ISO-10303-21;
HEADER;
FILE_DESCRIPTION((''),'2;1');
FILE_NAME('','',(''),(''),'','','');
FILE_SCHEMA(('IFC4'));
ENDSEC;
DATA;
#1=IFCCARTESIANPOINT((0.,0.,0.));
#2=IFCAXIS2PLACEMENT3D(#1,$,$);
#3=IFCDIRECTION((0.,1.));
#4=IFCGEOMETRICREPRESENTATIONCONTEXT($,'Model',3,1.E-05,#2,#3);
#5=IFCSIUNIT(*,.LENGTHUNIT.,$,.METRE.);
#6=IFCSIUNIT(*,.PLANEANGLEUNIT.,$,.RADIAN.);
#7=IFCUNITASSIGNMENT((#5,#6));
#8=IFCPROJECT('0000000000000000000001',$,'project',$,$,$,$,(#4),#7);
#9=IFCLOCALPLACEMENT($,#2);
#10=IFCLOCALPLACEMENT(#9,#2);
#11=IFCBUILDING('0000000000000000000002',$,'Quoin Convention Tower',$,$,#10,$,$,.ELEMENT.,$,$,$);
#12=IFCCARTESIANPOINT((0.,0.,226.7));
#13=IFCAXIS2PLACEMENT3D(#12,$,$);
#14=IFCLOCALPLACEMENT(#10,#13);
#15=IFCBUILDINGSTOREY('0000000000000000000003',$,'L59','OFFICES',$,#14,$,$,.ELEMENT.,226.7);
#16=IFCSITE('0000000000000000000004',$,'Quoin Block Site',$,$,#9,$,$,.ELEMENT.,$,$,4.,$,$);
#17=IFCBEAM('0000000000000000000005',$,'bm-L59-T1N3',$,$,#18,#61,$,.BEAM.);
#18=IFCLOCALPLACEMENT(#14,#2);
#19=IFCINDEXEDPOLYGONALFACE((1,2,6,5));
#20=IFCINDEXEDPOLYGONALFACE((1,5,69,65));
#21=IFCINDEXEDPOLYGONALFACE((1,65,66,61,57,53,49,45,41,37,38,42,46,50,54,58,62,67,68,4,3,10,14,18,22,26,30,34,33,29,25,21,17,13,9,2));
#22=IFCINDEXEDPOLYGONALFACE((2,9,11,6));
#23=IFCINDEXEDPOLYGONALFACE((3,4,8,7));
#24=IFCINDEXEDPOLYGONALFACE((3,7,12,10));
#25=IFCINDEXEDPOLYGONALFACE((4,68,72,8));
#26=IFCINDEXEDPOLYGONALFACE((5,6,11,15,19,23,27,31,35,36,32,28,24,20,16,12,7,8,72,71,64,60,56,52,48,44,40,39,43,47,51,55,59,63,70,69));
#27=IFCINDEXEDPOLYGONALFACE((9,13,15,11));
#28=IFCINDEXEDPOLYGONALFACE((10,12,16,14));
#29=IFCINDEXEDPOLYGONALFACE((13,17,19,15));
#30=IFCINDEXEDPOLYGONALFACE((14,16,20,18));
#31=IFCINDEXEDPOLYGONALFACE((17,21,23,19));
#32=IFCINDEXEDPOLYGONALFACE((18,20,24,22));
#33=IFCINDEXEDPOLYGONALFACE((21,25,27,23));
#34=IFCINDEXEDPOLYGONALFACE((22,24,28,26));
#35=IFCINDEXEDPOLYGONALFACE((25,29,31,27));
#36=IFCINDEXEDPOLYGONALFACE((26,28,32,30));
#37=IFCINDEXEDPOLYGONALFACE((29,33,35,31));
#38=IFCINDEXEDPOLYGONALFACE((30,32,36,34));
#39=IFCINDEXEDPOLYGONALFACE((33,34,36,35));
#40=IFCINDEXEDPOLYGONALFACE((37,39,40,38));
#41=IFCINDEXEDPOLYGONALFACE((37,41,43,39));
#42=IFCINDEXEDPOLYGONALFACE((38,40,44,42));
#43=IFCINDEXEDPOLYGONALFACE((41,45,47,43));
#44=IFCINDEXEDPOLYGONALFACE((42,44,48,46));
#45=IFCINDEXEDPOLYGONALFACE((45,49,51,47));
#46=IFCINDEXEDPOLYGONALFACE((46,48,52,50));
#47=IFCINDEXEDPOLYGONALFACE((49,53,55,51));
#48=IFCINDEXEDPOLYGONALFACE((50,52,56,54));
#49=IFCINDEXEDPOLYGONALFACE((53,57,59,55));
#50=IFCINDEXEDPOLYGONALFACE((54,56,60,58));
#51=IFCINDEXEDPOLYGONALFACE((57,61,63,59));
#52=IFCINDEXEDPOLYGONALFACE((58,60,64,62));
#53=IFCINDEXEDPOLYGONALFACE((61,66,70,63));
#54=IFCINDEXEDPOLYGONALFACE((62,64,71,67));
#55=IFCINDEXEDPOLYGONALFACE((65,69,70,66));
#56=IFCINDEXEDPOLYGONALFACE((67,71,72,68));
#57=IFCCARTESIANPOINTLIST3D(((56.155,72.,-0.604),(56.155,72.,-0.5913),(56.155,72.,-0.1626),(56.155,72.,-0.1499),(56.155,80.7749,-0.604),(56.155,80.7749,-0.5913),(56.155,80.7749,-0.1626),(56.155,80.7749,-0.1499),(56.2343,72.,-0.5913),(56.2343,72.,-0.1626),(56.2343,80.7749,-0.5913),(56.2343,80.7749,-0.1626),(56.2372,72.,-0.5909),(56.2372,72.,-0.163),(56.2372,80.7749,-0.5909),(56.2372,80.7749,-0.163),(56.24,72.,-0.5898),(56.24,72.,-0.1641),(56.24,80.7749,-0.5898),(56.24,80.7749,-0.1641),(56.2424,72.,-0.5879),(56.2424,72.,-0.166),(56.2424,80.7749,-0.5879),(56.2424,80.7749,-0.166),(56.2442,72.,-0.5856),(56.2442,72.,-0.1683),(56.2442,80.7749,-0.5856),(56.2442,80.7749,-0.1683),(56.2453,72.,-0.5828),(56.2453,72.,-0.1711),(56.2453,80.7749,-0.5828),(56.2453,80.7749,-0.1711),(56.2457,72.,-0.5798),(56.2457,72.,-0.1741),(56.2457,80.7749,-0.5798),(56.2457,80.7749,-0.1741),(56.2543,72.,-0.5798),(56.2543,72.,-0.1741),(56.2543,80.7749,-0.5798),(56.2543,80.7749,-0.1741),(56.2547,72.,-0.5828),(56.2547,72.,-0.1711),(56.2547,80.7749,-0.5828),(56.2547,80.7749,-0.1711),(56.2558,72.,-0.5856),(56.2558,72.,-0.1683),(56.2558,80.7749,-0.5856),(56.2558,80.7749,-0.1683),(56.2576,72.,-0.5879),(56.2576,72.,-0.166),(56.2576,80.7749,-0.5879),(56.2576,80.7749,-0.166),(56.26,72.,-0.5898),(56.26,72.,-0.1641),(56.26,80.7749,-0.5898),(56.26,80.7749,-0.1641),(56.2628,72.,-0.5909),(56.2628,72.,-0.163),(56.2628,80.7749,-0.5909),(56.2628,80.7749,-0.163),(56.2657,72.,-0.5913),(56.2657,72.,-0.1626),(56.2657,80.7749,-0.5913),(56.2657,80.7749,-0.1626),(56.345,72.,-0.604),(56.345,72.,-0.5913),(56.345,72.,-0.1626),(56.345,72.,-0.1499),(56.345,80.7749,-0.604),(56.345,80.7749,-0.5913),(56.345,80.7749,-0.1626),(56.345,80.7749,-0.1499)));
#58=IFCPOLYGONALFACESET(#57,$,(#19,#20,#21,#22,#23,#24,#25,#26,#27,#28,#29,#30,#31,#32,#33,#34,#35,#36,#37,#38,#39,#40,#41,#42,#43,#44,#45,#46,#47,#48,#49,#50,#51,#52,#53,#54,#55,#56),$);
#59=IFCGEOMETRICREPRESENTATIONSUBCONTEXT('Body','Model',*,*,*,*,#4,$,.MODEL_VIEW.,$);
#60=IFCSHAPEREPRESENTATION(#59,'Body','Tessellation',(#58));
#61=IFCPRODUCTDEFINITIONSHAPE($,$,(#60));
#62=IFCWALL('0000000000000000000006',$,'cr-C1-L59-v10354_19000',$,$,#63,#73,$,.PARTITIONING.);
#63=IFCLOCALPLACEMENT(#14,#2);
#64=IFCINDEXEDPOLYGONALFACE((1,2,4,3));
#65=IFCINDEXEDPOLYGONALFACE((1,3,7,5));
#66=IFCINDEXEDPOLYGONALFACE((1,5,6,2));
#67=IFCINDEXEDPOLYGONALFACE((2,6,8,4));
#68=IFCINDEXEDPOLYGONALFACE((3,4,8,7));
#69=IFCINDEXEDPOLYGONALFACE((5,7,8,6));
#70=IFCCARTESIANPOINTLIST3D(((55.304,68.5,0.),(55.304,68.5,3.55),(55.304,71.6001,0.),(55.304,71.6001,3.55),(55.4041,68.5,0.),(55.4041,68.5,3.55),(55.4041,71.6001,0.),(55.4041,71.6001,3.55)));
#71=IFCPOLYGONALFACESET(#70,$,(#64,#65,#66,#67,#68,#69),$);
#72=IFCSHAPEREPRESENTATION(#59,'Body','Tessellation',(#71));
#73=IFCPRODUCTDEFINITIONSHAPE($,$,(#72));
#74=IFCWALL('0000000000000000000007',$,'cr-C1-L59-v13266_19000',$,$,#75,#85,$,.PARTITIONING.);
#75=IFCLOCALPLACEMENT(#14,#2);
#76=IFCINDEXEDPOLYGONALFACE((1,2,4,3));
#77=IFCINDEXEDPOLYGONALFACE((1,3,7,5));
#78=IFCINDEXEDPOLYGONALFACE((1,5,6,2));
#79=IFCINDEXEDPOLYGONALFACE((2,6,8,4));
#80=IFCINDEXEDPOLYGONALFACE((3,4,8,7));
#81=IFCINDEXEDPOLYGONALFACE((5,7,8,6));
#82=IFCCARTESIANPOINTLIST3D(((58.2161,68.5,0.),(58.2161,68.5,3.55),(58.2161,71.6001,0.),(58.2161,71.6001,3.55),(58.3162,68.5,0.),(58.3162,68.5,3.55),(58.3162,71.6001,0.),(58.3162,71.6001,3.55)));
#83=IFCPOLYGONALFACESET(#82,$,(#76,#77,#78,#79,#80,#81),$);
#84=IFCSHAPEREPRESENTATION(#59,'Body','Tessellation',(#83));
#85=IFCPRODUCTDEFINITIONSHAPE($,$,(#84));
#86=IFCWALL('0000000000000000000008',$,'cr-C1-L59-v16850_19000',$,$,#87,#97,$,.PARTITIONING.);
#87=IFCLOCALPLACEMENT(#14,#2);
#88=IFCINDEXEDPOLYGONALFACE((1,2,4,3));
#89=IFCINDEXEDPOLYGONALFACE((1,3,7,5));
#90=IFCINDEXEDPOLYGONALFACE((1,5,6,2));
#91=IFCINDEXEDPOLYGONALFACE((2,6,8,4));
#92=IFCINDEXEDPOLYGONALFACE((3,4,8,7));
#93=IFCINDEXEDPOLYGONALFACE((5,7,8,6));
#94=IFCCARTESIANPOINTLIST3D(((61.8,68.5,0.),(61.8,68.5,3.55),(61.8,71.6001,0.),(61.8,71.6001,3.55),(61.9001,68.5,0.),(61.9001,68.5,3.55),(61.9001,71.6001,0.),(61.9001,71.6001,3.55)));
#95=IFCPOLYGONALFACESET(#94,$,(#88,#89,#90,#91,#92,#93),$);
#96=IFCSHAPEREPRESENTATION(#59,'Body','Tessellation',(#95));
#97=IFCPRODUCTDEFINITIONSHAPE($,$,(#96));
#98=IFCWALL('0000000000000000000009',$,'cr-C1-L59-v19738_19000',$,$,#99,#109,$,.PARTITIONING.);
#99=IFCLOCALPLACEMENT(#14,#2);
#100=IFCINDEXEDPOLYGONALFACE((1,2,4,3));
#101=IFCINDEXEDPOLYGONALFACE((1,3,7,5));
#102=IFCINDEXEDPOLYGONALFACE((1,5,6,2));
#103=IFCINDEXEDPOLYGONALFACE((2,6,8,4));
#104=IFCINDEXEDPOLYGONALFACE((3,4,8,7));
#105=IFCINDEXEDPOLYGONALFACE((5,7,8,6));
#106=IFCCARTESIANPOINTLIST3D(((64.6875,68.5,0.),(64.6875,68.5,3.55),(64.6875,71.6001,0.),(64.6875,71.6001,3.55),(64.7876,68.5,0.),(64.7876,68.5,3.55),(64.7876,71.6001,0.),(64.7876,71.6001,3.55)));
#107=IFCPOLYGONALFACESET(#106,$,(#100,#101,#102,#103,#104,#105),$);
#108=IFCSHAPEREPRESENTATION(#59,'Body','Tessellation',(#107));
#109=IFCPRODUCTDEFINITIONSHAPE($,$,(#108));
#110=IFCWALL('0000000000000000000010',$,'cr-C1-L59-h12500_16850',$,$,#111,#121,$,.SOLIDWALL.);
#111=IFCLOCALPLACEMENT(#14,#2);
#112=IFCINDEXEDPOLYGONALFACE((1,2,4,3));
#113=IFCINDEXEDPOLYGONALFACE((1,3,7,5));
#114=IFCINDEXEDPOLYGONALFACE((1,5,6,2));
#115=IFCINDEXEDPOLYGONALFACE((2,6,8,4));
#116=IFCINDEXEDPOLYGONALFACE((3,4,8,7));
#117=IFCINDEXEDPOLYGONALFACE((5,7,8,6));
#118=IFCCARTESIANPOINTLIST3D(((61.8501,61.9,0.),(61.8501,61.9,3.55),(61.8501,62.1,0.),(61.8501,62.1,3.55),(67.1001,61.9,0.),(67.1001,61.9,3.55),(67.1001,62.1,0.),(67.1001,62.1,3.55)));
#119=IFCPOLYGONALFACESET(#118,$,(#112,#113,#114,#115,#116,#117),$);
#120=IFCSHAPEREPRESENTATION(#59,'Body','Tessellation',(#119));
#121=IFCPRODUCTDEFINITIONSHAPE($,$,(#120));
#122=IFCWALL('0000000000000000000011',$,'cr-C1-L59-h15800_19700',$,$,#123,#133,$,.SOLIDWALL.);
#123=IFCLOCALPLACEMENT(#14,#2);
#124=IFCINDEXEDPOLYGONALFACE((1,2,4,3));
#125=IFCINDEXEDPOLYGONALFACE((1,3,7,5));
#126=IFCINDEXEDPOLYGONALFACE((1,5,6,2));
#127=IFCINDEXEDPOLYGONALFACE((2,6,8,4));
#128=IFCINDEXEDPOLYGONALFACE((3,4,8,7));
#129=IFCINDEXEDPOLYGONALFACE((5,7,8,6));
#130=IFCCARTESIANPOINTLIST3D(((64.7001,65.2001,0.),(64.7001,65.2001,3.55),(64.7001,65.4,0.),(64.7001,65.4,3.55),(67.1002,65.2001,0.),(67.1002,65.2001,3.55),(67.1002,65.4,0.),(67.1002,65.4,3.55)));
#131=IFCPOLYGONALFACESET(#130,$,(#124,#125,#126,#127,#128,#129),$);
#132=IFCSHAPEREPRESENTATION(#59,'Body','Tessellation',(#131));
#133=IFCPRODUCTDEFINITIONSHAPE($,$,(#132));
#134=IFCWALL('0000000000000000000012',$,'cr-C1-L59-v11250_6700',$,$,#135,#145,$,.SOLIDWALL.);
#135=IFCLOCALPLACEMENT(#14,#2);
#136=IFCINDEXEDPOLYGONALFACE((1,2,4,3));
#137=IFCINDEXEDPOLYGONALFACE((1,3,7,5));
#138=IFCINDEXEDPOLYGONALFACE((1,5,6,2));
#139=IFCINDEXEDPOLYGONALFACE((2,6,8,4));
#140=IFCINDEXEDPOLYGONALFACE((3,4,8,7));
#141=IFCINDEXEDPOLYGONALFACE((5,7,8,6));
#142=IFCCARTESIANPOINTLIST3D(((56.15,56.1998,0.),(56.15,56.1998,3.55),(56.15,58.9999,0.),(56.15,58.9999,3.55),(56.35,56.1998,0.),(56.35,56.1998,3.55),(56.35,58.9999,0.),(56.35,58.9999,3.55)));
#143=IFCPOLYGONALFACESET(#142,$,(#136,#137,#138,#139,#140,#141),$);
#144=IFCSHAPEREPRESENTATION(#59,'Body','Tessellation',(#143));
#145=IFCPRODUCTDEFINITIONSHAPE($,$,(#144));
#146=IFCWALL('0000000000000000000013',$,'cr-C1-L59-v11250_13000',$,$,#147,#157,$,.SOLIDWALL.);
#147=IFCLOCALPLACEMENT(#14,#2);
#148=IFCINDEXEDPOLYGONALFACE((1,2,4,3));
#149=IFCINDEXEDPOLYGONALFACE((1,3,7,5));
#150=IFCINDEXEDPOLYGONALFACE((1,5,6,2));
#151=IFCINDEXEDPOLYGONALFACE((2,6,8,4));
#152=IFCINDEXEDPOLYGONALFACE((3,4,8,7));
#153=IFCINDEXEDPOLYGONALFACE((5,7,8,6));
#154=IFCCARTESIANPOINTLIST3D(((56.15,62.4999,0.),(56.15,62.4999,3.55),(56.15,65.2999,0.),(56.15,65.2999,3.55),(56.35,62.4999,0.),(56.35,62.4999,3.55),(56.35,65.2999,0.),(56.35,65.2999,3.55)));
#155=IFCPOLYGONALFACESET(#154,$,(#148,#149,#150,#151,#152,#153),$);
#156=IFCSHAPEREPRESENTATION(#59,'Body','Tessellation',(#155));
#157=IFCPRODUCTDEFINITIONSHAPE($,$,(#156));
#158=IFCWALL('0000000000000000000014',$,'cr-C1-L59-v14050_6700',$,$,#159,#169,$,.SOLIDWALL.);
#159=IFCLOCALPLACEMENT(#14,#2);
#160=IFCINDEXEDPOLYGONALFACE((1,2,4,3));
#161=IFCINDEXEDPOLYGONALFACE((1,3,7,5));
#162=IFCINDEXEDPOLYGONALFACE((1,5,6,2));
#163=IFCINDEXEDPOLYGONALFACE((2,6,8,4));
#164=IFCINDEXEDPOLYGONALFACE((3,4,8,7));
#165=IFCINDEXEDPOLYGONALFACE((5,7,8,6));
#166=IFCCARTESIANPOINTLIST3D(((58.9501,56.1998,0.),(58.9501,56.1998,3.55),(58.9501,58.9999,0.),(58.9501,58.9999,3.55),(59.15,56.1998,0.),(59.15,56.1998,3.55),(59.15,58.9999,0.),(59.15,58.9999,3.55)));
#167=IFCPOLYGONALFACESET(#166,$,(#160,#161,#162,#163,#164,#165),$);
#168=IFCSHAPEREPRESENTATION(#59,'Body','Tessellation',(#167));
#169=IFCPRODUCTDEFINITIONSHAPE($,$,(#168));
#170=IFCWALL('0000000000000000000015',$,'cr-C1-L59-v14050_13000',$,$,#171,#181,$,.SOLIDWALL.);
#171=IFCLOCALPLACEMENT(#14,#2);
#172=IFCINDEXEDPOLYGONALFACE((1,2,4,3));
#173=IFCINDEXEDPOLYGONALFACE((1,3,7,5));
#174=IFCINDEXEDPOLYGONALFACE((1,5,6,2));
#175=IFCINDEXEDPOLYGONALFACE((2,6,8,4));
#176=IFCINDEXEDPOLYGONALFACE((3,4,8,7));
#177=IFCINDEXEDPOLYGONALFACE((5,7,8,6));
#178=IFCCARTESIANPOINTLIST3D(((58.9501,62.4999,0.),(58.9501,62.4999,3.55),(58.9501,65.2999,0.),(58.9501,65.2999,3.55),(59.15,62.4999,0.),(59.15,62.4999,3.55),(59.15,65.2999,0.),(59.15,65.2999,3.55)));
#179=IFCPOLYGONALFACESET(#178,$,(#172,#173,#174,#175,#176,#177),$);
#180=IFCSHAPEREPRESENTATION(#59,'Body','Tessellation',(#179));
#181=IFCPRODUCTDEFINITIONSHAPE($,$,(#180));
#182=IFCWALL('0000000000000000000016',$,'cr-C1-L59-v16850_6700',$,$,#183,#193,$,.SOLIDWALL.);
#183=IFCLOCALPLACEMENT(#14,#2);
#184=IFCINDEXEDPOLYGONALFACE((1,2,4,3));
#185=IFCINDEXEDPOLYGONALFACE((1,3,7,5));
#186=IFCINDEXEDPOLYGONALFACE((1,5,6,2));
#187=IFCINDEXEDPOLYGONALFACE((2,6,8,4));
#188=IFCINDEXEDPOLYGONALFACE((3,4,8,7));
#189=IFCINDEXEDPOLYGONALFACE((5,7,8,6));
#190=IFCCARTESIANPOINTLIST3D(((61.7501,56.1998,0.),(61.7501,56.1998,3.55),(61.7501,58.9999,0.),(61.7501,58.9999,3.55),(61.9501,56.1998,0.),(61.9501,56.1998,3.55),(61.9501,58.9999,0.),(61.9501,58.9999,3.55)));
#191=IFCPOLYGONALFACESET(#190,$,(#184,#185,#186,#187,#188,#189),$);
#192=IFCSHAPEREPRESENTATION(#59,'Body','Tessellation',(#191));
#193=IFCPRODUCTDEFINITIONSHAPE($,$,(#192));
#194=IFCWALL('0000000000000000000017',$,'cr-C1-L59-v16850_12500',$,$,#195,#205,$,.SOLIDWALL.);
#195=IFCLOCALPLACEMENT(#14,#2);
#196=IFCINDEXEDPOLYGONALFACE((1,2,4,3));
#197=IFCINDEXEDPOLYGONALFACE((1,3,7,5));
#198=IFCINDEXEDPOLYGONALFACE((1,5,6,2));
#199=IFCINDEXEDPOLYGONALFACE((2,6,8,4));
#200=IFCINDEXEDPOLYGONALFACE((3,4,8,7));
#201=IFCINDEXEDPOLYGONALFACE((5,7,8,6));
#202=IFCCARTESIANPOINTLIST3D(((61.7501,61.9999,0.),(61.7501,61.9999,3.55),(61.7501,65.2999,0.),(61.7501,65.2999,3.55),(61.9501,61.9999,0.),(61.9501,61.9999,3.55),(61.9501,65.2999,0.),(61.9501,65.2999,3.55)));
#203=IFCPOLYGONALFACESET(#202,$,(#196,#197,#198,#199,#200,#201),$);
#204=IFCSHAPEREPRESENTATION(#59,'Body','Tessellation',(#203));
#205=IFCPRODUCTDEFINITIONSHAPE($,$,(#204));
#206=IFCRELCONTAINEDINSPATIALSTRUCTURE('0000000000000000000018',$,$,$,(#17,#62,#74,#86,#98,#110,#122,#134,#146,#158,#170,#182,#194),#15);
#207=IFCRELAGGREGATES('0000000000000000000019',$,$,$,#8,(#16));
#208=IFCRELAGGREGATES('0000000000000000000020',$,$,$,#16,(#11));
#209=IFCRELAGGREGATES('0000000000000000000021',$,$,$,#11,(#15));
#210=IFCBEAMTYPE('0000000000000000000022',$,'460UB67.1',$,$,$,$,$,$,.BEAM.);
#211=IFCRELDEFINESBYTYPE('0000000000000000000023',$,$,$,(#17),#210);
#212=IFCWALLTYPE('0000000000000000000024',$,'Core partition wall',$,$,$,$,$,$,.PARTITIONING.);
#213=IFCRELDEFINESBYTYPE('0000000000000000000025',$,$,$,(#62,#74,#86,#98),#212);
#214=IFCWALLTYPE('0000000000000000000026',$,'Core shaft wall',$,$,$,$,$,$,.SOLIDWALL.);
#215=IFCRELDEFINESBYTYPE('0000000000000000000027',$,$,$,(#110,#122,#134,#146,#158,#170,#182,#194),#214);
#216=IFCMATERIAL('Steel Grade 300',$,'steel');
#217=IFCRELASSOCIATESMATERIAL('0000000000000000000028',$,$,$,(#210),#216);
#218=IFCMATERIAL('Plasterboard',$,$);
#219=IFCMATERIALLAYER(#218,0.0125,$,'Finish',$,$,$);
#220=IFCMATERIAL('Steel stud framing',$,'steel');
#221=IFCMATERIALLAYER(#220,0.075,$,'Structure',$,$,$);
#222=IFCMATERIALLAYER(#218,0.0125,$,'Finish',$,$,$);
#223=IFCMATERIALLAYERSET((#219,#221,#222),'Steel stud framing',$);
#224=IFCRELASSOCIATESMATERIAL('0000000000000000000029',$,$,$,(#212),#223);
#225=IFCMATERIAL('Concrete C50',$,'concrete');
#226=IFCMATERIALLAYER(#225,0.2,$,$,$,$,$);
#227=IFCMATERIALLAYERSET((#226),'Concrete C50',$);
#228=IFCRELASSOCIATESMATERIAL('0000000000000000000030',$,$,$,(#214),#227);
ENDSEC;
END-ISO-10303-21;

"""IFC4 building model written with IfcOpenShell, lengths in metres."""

from ifc_helpers import new_model, si_unit, direction, frame, frame_2d, origin, origin_2d, place, context, subcontext, project, spatial, rectangle, i_section, extrude, material, layer, layer_set, material_profile, profile_set, type_object, element, save


model = new_model("IFC4")

# Units and contexts
model_context = context("Model", 3, precision=1e-05, world=origin(), true_north=direction((0.0, 1.0)))
body_context = subcontext(model_context, "Body", "Model", "MODEL_VIEW")
ifc_project = project(units=[si_unit("LENGTHUNIT", "METRE"), si_unit("PLANEANGLEUNIT", "RADIAN")], contexts=[model_context])

# Site, building, storey
site_placement = place(None, origin())
site = spatial("IfcSite", under=ifc_project, at=site_placement, Name="Quoin Block Site", CompositionType="ELEMENT", RefElevation=4.0)
building_placement = place(site_placement, origin())
building = spatial("IfcBuilding", under=site, at=building_placement, Name="Quoin Convention Tower", CompositionType="ELEMENT")
storey_placement = place(building_placement, frame((0.0, 0.0, 226.7)))
storey = spatial("IfcBuildingStorey", under=building, at=storey_placement, Name="L59", Description="OFFICES", CompositionType="ELEMENT", Elevation=226.7)

# Beam
ifc_material_1 = material(Name="Steel Grade 300", Category="steel")
ifc_material_profile = material_profile(ifc_material_1, i_section(OverallWidth=0.1899, OverallDepth=0.4541, WebThickness=0.0085, FlangeThickness=0.0127, FilletRadius=0.0115, at=origin_2d()), Name="460UB67.1")
ifc_profile_set = profile_set([ifc_material_profile], Name="Steel Grade 300")
beam_type = type_object("IfcBeamType", Name="460UB67.1", PredefinedType="BEAM", material=ifc_profile_set)
beam_placement = place(storey_placement, frame((56.25, 72.0, -0.377), z_axis=(0.0, 1.0, 0.0), x_axis=(-1.0, 0.0, 0.0)))
element("IfcBeam", 1, at=beam_placement, inside=storey, type_object=beam_type, Name="bm-L59-T1N3", PredefinedType="BEAM", context=body_context, shape_type="SweptSolid", body=[
    extrude(i_section(OverallWidth=0.1899, OverallDepth=0.4541, WebThickness=0.0085, FlangeThickness=0.0127, FilletRadius=0.0115, at=origin_2d()), origin(), (0.0, 0.0, 1.0), 8.7749),
])

# Walls
ifc_material_2 = material(Name="Plasterboard")
ifc_layer_1 = layer(ifc_material_2, 0.0125, Name="Finish")
ifc_material_3 = material(Name="Steel stud framing", Category="steel")
ifc_layer_2 = layer(ifc_material_3, 0.075, Name="Structure")
ifc_layer_3 = layer(ifc_material_2, 0.0125, Name="Finish")
ifc_layer_set_1 = layer_set([ifc_layer_1, ifc_layer_2, ifc_layer_3], Name="Steel stud framing")
wall_type_1 = type_object("IfcWallType", Name="Core partition wall", PredefinedType="PARTITIONING", material=ifc_layer_set_1)
for number, where, z_axis, x_axis, name in (
    (2, (55.354, 68.5, 0.0), (0.0, 0.0, 1.0), (0.0, 1.0, 0.0), "cr-C1-L59-v10354_19000"),
    (3, (58.2661, 68.5, 0.0), (0.0, 0.0, 1.0), (0.0, 1.0, 0.0), "cr-C1-L59-v13266_19000"),
    (4, (61.8501, 68.5, 0.0), (0.0, 0.0, 1.0), (0.0, 1.0, 0.0), "cr-C1-L59-v16850_19000"),
    (5, (64.7375, 68.5, 0.0), (0.0, 0.0, 1.0), (0.0, 1.0, 0.0), "cr-C1-L59-v19738_19000"),
):
    element("IfcWall", number, at=place(storey_placement, frame(where, z_axis=z_axis, x_axis=x_axis)), inside=storey, type_object=wall_type_1, Name=name, PredefinedType="PARTITIONING", context=body_context, shape_type="SweptSolid", body=[
        extrude(rectangle(XDim=3.1001, YDim=0.1001, at=frame_2d((1.55, 0.0))), origin(), (0.0, 0.0, 1.0), 3.55),
    ])
ifc_material_4 = material(Name="Concrete C50", Category="concrete")
ifc_layer_4 = layer(ifc_material_4, 0.2)
ifc_layer_set_2 = layer_set([ifc_layer_4], Name="Concrete C50")
wall_type_2 = type_object("IfcWallType", Name="Core shaft wall", PredefinedType="SOLIDWALL", material=ifc_layer_set_2)
wall_1_placement = place(storey_placement, frame((61.8501, 62.0, 0.0), z_axis=(0.0, 0.0, 1.0), x_axis=(1.0, 0.0, 0.0)))
element("IfcWall", 6, at=wall_1_placement, inside=storey, type_object=wall_type_2, Name="cr-C1-L59-h12500_16850", PredefinedType="SOLIDWALL", context=body_context, shape_type="SweptSolid", body=[
    extrude(rectangle(XDim=5.25, YDim=0.2, at=frame_2d((2.625, 0.0))), origin(), (0.0, 0.0, 1.0), 3.55),
])
wall_2_placement = place(storey_placement, frame((64.7, 65.3, 0.0), z_axis=(0.0, 0.0, 1.0), x_axis=(1.0, 0.0, 0.0)))
element("IfcWall", 7, at=wall_2_placement, inside=storey, type_object=wall_type_2, Name="cr-C1-L59-h15800_19700", PredefinedType="SOLIDWALL", context=body_context, shape_type="SweptSolid", body=[
    extrude(rectangle(XDim=2.4001, YDim=0.2, at=frame_2d((1.2002, 0.0))), origin(), (0.0, 0.0, 1.0), 3.55),
])
for number, where, z_axis, x_axis, name in (
    (8, (56.25, 56.2, 0.0), (0.0, 0.0, 1.0), (0.0, 1.0, 0.0), "cr-C1-L59-v11250_6700"),
    (9, (56.25, 62.5, 0.0), (0.0, 0.0, 1.0), (0.0, 1.0, 0.0), "cr-C1-L59-v11250_13000"),
    (10, (59.05, 56.2, 0.0), (0.0, 0.0, 1.0), (0.0, 1.0, 0.0), "cr-C1-L59-v14050_6700"),
    (11, (59.05, 62.5, 0.0), (0.0, 0.0, 1.0), (0.0, 1.0, 0.0), "cr-C1-L59-v14050_13000"),
    (12, (61.8501, 56.2, 0.0), (0.0, 0.0, 1.0), (0.0, 1.0, 0.0), "cr-C1-L59-v16850_6700"),
):
    element("IfcWall", number, at=place(storey_placement, frame(where, z_axis=z_axis, x_axis=x_axis)), inside=storey, type_object=wall_type_2, Name=name, PredefinedType="SOLIDWALL", context=body_context, shape_type="SweptSolid", body=[
        extrude(rectangle(XDim=2.8, YDim=0.2, at=frame_2d((1.3999, 0.0))), origin(), (0.0, 0.0, 1.0), 3.55),
    ])
wall_3_placement = place(storey_placement, frame((61.8501, 62.0, 0.0), z_axis=(0.0, 0.0, 1.0), x_axis=(0.0, 1.0, 0.0)))
element("IfcWall", 13, at=wall_3_placement, inside=storey, type_object=wall_type_2, Name="cr-C1-L59-v16850_12500", PredefinedType="SOLIDWALL", context=body_context, shape_type="SweptSolid", body=[
    extrude(rectangle(XDim=3.3, YDim=0.2, at=frame_2d((1.6499, 0.0))), origin(), (0.0, 0.0, 1.0), 3.55),
])

save(model, "model.ifc")
